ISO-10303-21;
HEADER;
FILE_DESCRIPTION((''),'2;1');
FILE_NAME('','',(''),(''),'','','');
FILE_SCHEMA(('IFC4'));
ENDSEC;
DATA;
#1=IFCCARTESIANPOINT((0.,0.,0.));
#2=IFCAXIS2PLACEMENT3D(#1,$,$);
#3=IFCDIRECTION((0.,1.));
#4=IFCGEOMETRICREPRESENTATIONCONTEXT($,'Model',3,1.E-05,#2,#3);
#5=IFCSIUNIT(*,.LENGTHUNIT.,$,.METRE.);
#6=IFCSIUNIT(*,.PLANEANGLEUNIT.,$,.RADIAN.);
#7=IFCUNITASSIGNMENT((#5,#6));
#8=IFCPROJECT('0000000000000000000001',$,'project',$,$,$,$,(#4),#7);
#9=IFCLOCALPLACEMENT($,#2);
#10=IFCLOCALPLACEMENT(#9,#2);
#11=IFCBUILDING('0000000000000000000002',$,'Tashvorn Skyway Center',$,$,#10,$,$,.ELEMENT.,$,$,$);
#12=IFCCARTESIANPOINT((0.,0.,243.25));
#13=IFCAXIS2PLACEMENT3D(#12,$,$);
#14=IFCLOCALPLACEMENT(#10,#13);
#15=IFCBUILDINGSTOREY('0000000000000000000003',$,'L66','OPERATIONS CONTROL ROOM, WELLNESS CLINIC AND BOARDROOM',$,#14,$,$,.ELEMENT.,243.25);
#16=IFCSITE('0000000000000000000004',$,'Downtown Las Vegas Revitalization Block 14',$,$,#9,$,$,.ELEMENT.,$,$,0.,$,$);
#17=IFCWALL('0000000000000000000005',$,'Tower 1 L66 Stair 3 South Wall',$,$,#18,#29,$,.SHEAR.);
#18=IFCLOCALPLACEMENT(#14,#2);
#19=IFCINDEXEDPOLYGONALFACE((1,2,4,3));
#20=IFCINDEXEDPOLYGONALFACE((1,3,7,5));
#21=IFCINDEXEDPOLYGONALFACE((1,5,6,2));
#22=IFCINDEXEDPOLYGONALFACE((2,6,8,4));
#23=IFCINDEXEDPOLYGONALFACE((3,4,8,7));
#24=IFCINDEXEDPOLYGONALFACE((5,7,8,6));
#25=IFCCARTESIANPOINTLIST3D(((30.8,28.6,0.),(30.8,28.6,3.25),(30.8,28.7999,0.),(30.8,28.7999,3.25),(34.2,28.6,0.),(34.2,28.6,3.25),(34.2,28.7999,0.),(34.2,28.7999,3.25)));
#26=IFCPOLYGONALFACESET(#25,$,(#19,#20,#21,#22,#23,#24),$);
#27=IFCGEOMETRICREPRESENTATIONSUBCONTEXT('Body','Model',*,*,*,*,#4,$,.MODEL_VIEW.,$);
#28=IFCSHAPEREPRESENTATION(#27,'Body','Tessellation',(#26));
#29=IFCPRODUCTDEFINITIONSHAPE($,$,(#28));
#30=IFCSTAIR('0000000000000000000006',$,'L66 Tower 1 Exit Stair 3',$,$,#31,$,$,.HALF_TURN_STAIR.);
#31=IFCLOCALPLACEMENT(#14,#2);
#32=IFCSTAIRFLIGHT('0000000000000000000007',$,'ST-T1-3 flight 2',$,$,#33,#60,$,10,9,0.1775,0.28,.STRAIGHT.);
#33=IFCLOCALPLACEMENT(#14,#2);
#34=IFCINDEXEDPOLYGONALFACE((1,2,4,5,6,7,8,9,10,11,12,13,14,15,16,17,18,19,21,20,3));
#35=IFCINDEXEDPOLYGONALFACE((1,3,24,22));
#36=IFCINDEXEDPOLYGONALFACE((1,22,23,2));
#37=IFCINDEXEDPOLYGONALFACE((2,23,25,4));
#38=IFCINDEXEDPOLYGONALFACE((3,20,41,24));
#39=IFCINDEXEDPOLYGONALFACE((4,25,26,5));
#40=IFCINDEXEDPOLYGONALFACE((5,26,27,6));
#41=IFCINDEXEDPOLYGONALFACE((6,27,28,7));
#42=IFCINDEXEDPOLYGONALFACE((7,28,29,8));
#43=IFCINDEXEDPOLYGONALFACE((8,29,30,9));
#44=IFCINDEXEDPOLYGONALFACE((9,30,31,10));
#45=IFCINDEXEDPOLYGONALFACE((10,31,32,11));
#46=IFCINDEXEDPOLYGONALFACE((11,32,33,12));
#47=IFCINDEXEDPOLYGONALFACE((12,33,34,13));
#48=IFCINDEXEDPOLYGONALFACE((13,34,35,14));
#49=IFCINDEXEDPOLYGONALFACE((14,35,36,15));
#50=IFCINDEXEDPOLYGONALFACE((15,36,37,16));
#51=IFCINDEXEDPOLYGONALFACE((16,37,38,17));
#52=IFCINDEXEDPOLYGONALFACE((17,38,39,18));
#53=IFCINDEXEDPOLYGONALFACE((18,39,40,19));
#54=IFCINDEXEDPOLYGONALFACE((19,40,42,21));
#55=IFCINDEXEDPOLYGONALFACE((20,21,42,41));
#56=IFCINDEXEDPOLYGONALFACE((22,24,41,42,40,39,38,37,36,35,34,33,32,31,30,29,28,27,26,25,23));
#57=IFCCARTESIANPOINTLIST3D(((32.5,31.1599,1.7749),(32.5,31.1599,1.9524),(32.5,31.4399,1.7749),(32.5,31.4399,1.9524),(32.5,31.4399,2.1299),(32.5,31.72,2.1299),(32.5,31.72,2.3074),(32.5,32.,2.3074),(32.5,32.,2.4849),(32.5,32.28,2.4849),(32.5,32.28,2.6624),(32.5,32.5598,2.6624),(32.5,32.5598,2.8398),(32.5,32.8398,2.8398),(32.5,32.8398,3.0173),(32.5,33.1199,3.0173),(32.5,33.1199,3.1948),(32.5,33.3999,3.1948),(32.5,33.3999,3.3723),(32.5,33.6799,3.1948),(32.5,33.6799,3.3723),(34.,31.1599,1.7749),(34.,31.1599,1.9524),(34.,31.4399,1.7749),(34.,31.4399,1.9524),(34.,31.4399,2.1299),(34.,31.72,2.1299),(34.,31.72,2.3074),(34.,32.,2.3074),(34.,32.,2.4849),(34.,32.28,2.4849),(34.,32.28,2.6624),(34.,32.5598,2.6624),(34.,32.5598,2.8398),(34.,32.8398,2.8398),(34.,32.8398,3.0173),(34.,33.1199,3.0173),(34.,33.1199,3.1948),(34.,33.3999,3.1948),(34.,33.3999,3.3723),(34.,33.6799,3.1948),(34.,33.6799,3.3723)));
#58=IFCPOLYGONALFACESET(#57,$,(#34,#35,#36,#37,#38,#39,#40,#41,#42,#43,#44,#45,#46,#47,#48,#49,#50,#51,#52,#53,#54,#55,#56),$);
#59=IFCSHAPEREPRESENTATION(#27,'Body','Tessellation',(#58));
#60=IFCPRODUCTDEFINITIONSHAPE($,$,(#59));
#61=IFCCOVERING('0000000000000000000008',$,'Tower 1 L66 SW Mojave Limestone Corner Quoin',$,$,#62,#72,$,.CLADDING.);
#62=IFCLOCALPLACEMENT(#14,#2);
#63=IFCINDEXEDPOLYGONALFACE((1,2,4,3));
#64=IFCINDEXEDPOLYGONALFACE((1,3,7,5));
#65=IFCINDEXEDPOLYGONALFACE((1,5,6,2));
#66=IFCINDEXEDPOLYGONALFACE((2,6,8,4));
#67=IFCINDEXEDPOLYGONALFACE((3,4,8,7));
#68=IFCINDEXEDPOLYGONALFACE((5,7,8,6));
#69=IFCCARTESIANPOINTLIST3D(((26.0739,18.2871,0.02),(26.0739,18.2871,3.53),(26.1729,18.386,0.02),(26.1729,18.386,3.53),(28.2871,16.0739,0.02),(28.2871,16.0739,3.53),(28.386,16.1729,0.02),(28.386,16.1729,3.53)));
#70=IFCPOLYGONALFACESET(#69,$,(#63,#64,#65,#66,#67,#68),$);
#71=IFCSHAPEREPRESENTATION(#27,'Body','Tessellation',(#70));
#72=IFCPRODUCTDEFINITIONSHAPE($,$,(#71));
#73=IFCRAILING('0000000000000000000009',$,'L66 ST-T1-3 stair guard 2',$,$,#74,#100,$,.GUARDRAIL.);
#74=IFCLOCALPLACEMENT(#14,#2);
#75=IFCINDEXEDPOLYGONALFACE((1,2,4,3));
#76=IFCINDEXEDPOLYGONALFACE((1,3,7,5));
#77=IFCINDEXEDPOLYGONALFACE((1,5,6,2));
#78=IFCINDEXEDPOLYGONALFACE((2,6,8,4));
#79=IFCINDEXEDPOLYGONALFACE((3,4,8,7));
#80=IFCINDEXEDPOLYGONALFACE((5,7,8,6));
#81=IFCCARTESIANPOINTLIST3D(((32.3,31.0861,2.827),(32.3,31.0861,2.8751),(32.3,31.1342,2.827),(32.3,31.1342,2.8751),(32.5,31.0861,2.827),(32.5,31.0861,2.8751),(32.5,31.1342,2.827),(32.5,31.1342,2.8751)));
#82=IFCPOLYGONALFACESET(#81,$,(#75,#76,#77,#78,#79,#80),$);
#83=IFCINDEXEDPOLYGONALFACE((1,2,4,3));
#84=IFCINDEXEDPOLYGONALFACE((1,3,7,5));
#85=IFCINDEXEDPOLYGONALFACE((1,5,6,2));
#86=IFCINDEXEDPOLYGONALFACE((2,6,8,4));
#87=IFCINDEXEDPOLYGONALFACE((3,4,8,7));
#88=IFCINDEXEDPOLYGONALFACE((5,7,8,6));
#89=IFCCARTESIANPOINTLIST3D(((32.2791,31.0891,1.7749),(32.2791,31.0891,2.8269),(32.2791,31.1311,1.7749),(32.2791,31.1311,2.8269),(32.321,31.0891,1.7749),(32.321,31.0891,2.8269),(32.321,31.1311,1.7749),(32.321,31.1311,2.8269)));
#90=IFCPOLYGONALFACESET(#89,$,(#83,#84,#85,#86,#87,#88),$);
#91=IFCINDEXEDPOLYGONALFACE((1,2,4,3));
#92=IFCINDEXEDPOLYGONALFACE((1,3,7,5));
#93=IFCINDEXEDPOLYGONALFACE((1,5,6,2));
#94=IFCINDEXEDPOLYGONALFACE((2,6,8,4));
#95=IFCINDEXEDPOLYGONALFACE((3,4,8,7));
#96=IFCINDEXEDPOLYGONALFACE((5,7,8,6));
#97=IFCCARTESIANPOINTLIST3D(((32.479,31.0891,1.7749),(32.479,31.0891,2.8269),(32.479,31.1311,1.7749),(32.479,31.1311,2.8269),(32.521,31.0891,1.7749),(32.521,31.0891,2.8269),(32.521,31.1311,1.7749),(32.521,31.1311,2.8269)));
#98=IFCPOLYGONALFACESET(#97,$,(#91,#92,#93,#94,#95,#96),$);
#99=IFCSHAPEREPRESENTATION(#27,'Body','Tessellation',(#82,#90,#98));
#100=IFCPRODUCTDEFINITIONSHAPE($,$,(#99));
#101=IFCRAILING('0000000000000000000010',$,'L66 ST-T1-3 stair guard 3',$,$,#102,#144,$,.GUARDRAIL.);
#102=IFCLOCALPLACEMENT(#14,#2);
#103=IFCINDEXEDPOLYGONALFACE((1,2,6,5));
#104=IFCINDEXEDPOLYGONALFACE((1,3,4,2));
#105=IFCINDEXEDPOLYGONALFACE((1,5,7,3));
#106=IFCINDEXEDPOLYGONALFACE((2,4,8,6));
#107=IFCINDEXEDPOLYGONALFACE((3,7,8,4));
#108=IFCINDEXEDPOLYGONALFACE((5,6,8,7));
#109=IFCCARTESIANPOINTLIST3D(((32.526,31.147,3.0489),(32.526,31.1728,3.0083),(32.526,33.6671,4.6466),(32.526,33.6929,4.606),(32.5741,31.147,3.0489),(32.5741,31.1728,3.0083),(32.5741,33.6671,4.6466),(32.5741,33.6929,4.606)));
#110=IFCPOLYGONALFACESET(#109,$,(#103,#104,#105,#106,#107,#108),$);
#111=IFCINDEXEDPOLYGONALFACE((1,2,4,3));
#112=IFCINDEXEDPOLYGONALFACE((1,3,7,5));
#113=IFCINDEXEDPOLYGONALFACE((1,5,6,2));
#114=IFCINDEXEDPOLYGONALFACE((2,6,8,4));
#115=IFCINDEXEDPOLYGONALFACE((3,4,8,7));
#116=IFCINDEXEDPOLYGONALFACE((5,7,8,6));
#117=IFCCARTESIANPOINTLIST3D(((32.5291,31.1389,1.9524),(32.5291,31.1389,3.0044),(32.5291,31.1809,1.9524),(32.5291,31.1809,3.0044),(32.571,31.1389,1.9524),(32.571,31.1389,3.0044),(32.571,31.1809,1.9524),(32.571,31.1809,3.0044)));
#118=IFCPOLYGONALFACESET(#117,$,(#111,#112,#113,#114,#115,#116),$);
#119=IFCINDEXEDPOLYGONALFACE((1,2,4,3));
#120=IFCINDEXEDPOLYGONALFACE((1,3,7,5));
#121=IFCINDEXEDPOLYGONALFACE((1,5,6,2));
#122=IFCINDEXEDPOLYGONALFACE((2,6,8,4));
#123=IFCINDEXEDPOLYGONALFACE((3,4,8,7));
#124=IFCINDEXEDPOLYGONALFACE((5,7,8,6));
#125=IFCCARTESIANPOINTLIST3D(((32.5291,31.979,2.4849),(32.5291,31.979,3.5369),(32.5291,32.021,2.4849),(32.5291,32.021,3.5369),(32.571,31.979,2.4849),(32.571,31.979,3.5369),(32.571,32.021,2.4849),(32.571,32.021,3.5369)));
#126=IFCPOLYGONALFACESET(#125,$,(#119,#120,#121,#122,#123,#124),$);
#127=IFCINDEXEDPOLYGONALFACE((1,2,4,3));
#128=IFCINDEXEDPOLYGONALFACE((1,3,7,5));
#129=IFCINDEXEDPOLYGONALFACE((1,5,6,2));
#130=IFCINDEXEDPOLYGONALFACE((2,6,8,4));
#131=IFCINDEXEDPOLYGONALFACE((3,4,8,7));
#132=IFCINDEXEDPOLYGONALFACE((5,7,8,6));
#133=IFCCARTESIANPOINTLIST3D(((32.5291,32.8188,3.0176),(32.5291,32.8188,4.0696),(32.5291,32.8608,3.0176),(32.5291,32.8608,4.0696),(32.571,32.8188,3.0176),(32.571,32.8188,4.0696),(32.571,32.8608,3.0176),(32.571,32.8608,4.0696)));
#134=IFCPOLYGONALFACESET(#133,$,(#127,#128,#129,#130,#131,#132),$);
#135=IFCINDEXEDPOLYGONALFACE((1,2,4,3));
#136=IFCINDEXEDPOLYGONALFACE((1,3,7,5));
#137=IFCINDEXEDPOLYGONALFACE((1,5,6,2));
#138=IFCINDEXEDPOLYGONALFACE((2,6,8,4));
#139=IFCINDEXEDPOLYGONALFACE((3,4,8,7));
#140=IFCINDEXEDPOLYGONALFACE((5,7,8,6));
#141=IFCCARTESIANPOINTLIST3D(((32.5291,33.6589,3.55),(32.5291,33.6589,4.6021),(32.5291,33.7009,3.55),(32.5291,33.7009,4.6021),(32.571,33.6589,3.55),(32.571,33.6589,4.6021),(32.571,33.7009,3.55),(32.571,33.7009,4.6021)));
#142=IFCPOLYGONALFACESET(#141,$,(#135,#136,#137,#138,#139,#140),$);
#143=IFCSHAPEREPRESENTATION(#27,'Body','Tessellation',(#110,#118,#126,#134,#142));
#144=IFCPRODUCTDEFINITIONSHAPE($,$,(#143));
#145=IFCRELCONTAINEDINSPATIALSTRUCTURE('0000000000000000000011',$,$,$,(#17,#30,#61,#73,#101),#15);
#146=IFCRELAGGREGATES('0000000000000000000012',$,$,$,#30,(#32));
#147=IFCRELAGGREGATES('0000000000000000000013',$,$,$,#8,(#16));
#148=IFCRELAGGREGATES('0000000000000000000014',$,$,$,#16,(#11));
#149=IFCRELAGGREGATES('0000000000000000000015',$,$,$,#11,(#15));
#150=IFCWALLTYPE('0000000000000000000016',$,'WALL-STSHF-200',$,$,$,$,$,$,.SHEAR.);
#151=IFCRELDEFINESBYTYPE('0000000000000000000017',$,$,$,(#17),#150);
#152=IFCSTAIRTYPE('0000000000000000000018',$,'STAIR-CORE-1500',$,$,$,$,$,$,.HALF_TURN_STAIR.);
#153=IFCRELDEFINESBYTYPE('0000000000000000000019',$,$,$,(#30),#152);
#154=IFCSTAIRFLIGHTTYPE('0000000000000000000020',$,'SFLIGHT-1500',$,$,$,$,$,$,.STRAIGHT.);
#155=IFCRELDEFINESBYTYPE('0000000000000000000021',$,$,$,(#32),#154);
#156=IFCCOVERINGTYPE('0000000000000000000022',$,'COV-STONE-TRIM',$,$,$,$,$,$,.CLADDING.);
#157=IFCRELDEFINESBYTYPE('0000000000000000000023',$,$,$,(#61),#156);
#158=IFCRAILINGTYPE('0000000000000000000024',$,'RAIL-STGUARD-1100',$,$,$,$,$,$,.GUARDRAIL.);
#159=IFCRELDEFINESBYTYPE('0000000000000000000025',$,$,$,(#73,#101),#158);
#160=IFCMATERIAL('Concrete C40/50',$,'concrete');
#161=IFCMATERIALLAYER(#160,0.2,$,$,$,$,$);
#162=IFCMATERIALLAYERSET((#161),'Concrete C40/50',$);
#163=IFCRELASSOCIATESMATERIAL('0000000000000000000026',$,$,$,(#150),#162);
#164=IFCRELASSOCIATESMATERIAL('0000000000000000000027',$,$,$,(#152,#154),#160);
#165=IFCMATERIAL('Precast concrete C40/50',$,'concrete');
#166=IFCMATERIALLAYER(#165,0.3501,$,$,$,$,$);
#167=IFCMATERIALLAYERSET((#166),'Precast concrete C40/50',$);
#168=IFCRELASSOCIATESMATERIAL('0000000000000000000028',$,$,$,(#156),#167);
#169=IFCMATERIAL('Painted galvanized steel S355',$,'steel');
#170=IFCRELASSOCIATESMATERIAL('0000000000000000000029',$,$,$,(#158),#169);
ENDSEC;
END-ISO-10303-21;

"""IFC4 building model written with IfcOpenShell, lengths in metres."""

from ifc_helpers import new_model, si_unit, direction, frame, frame_2d, origin, origin_2d, place, context, subcontext, project, spatial, polyline, rectangle, outline, extrude, material, layer, layer_set, type_object, element, aggregate, save


model = new_model("IFC4")

# Units and contexts
model_context = context("Model", 3, precision=1e-05, world=origin(), true_north=direction((0.0, 1.0)))
body_context = subcontext(model_context, "Body", "Model", "MODEL_VIEW")
ifc_project = project(units=[si_unit("LENGTHUNIT", "METRE"), si_unit("PLANEANGLEUNIT", "RADIAN")], contexts=[model_context])

# Site, building, storey
site_placement = place(None, origin())
site = spatial("IfcSite", under=ifc_project, at=site_placement, Name="Downtown Las Vegas Revitalization Block 14", CompositionType="ELEMENT", RefElevation=0.0)
building_placement = place(site_placement, origin())
building = spatial("IfcBuilding", under=site, at=building_placement, Name="Tashvorn Skyway Center", CompositionType="ELEMENT")
storey_placement = place(building_placement, frame((0.0, 0.0, 243.25)))
storey = spatial("IfcBuildingStorey", under=building, at=storey_placement, Name="L66", Description="OPERATIONS CONTROL ROOM, WELLNESS CLINIC AND BOARDROOM", CompositionType="ELEMENT", Elevation=243.25)

# Wall
ifc_material_1 = material(Name="Precast concrete C40/50", Category="concrete")
ifc_material_2 = material(Name="Concrete C40/50", Category="concrete")
ifc_layer_1 = layer(ifc_material_2, 0.2)
ifc_layer_set_1 = layer_set([ifc_layer_1], Name="Concrete C40/50")
wall_type_1 = type_object("IfcWallType", Name="WALL-STSHF-200", PredefinedType="SHEAR", material=ifc_layer_set_1)
wall_1_placement = place(storey_placement, frame((30.8, 28.7, 0.0), z_axis=(0.0, 0.0, 1.0), x_axis=(1.0, 0.0, 0.0)))
element("IfcWall", 1, at=wall_1_placement, inside=storey, type_object=wall_type_1, Name="Tower 1 L66 Stair 3 South Wall", PredefinedType="SHEAR", context=body_context, shape_type="SweptSolid", body=[
    extrude(rectangle(XDim=3.3999, YDim=0.2, at=frame_2d((1.7, 0.0))), origin(), (0.0, 0.0, 1.0), 3.25),
])

# Stair, stair flight
stair_type = type_object("IfcStairType", Name="STAIR-CORE-1500", PredefinedType="HALF_TURN_STAIR", material=ifc_material_2)
stair_placement = place(storey_placement, origin())
stair = element("IfcStair", 2, at=stair_placement, inside=storey, type_object=stair_type, Name="L66 Tower 1 Exit Stair 3", PredefinedType="HALF_TURN_STAIR")
stair_flight_type = type_object("IfcStairFlightType", Name="SFLIGHT-1500", PredefinedType="STRAIGHT", material=ifc_material_2)
stair_flight_placement = place(storey_placement, frame((33.25, 31.1599, 1.7749), z_axis=(0.0, 0.0, 1.0), x_axis=(0.0, 1.0, 0.0)))
stair_flight = element("IfcStairFlight", 3, at=stair_flight_placement, type_object=stair_flight_type, Name="ST-T1-3 flight 2", NumberOfRisers=10, NumberOfTreads=9, PredefinedType="STRAIGHT", RiserHeight=0.1775, TreadLength=0.28, context=body_context, shape_type="SweptSolid", body=[
    extrude(outline(polyline([(0.0, 0.0), (0.0, 0.1775), (0.28, 0.1775), (0.28, 0.355), (0.5601, 0.355), (0.5601, 0.5325), (0.8401, 0.5325), (0.8401, 0.71), (1.1201, 0.71), (1.1201, 0.8875), (1.3999, 0.8875), (1.3999, 1.0649), (1.6799, 1.0649), (1.6799, 1.2424), (1.96, 1.2424), (1.96, 1.4199), (2.24, 1.4199), (2.24, 1.5974), (2.52, 1.5974), (2.52, 1.7749), (2.52, 1.4199), (0.28, 0.0), (0.0, 0.0)])), frame((0.0, 0.75, 0.0), z_axis=(0.0, -1.0, 0.0), x_axis=(1.0, 0.0, 0.0)), (0.0, 0.0, 1.0), 1.5),
])
aggregate(stair, [stair_flight])

# Covering
ifc_layer_2 = layer(ifc_material_1, 0.3501)
ifc_layer_set_2 = layer_set([ifc_layer_2], Name="Precast concrete C40/50")
covering_type = type_object("IfcCoveringType", Name="COV-STONE-TRIM", PredefinedType="CLADDING", material=ifc_layer_set_2)
covering_placement = place(storey_placement, frame((27.23, 17.23, 0.02), z_axis=(0.0, 0.0, 1.0), x_axis=(-0.707107, 0.707107, 0.0)))
element("IfcCovering", 4, at=covering_placement, inside=storey, type_object=covering_type, Name="Tower 1 L66 SW Mojave Limestone Corner Quoin", PredefinedType="CLADDING", context=body_context, shape_type="SweptSolid", body=[
    extrude(rectangle(XDim=3.1299, YDim=0.1399, at=origin_2d()), origin(), (0.0, 0.0, 1.0), 3.51),
])

# Railings
ifc_material_3 = material(Name="Painted galvanized steel S355", Category="steel")
railing_type = type_object("IfcRailingType", Name="RAIL-STGUARD-1100", PredefinedType="GUARDRAIL", material=ifc_material_3)
railing_1_placement = place(storey_placement, frame((32.3, 31.1101, 1.7749)))
element("IfcRailing", 5, at=railing_1_placement, inside=storey, type_object=railing_type, Name="L66 ST-T1-3 stair guard 2", PredefinedType="GUARDRAIL", context=body_context, shape_type="SweptSolid", body=[
    extrude(rectangle(XDim=0.0481, YDim=0.0481, at=origin_2d()), frame((0.0, 0.0, 1.0762), z_axis=(1.0, 0.0, 0.0), x_axis=(0.0, 1.0, 0.0)), (0.0, 0.0, 1.0), 0.2),
    extrude(rectangle(XDim=0.042, YDim=0.042, at=origin_2d()), origin(), (0.0, 0.0, 1.0), 1.052),
    extrude(rectangle(XDim=0.042, YDim=0.042, at=origin_2d()), frame((0.2, 0.0, 0.0)), (0.0, 0.0, 1.0), 1.052),
])
railing_2_placement = place(storey_placement, frame((32.55, 31.1599, 1.9524)))
element("IfcRailing", 6, at=railing_2_placement, inside=storey, type_object=railing_type, Name="L66 ST-T1-3 stair guard 3", PredefinedType="GUARDRAIL", context=body_context, shape_type="SweptSolid", body=[
    extrude(rectangle(XDim=0.0481, YDim=0.0481, at=origin_2d()), frame((0.0, 0.0, 1.0762), z_axis=(0.0, 0.84457, 0.535445), x_axis=(-1.0, 0.0, 0.0)), (0.0, 0.0, 1.0), 2.9839),
    extrude(rectangle(XDim=0.042, YDim=0.042, at=origin_2d()), origin(), (0.0, 0.0, 1.0), 1.052),
    extrude(rectangle(XDim=0.042, YDim=0.042, at=origin_2d()), frame((0.0, 0.8401, 0.5325)), (0.0, 0.0, 1.0), 1.052),
    extrude(rectangle(XDim=0.042, YDim=0.042, at=origin_2d()), frame((0.0, 1.6799, 1.0652)), (0.0, 0.0, 1.0), 1.052),
    extrude(rectangle(XDim=0.042, YDim=0.042, at=origin_2d()), frame((0.0, 2.52, 1.5977)), (0.0, 0.0, 1.0), 1.052),
])

save(model, "model.ifc")
